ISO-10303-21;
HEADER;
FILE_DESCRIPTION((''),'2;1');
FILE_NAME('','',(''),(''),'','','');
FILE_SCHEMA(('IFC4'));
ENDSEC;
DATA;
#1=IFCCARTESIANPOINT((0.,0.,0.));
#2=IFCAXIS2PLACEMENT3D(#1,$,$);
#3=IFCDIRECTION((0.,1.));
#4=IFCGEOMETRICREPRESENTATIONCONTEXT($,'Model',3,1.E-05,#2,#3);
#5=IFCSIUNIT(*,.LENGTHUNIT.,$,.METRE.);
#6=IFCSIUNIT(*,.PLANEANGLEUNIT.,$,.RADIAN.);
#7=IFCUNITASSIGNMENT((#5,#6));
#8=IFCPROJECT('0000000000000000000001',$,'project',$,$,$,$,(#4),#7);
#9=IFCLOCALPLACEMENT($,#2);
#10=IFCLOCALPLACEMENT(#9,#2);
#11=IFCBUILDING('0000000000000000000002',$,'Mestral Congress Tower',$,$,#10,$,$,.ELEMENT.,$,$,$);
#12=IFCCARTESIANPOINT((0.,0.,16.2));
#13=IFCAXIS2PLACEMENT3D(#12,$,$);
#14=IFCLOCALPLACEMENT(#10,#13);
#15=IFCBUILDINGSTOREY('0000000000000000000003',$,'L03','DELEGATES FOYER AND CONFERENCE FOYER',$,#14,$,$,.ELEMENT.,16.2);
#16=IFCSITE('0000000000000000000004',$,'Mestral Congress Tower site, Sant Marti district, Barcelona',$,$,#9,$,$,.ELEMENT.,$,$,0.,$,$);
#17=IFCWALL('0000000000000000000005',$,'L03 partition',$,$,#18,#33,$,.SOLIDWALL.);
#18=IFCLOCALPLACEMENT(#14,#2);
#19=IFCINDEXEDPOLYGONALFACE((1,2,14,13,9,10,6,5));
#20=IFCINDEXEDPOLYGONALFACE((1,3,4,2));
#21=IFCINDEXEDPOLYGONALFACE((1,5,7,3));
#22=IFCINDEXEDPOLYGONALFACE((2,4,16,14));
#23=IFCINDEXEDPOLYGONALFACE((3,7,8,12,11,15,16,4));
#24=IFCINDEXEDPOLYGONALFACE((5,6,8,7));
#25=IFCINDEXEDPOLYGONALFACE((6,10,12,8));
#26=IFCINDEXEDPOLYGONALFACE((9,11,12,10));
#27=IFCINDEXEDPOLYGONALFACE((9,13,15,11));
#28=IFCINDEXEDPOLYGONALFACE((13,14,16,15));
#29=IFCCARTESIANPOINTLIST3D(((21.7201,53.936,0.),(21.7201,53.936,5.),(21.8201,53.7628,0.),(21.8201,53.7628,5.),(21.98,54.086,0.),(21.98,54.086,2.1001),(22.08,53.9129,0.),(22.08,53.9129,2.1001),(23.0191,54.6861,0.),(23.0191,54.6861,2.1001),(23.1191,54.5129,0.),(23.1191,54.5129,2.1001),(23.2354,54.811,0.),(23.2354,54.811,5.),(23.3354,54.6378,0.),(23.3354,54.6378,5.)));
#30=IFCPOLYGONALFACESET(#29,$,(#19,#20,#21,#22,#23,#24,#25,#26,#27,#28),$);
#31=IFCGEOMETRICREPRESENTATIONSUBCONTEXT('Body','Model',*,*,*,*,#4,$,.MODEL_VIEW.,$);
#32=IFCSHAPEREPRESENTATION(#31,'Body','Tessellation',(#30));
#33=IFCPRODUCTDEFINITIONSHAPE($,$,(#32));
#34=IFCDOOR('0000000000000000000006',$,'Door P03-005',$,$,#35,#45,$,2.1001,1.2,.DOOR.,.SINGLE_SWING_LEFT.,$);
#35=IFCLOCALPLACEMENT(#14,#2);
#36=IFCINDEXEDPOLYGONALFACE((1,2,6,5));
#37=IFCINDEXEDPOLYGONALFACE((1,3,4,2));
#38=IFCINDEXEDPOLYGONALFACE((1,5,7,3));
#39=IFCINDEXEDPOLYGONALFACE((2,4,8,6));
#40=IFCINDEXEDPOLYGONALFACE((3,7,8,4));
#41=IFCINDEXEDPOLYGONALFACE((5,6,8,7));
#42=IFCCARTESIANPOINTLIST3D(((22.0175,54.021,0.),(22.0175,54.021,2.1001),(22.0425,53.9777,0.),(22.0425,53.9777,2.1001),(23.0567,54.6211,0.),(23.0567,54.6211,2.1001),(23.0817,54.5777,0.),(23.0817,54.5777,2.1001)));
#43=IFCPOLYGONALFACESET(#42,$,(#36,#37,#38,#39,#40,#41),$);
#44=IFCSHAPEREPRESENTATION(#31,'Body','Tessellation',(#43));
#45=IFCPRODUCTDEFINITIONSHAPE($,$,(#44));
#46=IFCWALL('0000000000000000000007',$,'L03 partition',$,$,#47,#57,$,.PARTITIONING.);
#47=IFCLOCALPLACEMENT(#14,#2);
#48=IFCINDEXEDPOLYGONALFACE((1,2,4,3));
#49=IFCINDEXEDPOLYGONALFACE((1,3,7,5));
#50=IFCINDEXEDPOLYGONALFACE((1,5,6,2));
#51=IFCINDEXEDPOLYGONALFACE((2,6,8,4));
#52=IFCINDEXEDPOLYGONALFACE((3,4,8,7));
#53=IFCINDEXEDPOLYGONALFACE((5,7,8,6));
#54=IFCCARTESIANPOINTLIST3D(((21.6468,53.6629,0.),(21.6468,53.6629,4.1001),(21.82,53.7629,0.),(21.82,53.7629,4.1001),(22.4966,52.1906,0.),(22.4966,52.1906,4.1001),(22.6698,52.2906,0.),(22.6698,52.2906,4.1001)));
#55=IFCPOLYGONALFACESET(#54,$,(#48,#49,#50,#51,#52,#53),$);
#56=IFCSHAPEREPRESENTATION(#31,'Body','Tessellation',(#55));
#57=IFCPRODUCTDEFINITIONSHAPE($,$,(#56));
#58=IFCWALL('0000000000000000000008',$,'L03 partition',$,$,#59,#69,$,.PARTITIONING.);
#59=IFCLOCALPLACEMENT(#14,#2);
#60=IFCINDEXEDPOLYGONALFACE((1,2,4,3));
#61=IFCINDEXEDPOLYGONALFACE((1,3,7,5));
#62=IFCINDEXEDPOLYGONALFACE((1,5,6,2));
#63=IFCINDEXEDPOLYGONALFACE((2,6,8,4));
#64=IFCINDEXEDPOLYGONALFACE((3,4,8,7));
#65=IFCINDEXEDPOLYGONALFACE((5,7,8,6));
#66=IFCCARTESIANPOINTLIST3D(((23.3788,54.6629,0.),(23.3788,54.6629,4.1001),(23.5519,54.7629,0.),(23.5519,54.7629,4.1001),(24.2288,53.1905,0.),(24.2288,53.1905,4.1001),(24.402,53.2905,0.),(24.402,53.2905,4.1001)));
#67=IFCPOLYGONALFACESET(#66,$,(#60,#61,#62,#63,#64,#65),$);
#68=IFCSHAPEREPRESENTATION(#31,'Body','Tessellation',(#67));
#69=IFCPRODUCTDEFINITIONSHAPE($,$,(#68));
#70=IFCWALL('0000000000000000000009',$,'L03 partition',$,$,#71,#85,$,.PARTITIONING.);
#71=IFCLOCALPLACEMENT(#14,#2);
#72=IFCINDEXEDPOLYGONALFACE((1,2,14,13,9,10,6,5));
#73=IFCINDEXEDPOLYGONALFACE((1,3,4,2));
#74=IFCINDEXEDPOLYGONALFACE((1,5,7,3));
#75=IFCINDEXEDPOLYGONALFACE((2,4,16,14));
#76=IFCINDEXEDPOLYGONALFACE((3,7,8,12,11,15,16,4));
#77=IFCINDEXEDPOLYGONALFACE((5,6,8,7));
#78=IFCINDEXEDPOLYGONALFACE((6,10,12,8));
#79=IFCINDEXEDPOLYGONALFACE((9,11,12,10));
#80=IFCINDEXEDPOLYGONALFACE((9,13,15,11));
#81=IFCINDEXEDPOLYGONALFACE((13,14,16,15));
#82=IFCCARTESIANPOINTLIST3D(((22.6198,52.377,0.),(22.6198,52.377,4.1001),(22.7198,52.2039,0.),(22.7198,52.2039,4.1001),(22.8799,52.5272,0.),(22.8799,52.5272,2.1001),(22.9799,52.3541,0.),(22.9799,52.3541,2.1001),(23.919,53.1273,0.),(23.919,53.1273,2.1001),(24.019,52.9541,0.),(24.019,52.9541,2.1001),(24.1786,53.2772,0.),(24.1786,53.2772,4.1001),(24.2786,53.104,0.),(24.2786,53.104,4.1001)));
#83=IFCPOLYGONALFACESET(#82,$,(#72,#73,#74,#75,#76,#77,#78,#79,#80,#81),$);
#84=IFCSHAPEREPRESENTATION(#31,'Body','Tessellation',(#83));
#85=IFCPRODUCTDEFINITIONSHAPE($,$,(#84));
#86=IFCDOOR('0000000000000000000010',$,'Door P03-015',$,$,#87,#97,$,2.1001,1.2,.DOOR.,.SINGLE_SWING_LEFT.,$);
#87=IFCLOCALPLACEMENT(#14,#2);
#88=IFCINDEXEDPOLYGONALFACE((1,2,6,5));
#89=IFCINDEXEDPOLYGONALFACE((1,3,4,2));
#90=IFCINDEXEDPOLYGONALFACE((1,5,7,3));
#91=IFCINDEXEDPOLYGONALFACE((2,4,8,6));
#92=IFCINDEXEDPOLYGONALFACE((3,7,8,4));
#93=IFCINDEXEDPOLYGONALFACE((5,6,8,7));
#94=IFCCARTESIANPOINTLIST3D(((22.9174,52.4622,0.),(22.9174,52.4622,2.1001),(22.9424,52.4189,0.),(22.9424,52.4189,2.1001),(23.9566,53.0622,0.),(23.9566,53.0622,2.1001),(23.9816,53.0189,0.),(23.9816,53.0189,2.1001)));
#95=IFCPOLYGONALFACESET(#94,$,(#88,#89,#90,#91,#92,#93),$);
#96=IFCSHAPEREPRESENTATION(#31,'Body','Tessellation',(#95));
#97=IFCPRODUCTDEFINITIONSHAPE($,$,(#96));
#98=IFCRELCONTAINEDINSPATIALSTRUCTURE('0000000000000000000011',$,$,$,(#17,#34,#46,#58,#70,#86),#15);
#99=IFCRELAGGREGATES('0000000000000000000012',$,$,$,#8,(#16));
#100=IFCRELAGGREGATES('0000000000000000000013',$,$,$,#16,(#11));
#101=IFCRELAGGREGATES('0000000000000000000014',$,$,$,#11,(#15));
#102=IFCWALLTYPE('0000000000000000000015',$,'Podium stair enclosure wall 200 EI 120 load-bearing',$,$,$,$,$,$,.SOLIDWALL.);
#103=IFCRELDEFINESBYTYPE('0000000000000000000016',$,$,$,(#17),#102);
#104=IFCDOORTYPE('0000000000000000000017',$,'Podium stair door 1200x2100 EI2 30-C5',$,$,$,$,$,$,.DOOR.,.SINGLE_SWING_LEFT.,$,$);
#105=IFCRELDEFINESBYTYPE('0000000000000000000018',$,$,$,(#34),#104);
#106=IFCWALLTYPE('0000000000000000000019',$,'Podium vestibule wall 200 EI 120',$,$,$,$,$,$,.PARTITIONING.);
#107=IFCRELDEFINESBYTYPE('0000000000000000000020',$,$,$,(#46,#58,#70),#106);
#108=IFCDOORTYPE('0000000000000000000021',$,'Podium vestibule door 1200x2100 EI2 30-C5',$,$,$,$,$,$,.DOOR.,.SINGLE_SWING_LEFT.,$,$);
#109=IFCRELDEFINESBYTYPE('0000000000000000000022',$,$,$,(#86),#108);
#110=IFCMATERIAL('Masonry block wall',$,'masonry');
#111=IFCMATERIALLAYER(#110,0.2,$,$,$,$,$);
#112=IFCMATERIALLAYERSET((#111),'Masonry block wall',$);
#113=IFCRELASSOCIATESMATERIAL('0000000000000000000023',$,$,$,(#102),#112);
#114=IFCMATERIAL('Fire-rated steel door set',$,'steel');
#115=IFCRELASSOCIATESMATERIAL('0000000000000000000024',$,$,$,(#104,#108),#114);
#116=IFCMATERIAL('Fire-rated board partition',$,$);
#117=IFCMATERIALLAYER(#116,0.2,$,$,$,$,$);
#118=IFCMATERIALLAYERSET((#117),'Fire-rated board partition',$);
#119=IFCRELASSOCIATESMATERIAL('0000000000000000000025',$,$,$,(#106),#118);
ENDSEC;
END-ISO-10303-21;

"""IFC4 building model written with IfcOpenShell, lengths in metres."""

from ifc_helpers import new_model, si_unit, direction, frame, frame_2d, origin, place, context, subcontext, project, spatial, rectangle, extrude, material, layer, layer_set, type_object, element, fill, save


model = new_model("IFC4")

# Units and contexts
model_context = context("Model", 3, precision=1e-05, world=origin(), true_north=direction((0.0, 1.0)))
body_context = subcontext(model_context, "Body", "Model", "MODEL_VIEW")
ifc_project = project(units=[si_unit("LENGTHUNIT", "METRE"), si_unit("PLANEANGLEUNIT", "RADIAN")], contexts=[model_context])

# Site, building, storey
site_placement = place(None, origin())
site = spatial("IfcSite", under=ifc_project, at=site_placement, Name="Mestral Congress Tower site, Sant Marti district, Barcelona", CompositionType="ELEMENT", RefElevation=0.0)
building_placement = place(site_placement, origin())
building = spatial("IfcBuilding", under=site, at=building_placement, Name="Mestral Congress Tower", CompositionType="ELEMENT")
storey_placement = place(building_placement, frame((0.0, 0.0, 16.2)))
storey = spatial("IfcBuildingStorey", under=building, at=storey_placement, Name="L03", Description="DELEGATES FOYER AND CONFERENCE FOYER", CompositionType="ELEMENT", Elevation=16.2)

# Wall, opening, door
ifc_material_1 = material(Name="Masonry block wall", Category="masonry")
ifc_layer_1 = layer(ifc_material_1, 0.2)
ifc_layer_set_1 = layer_set([ifc_layer_1], Name="Masonry block wall")
wall_type_1 = type_object("IfcWallType", Name="Podium stair enclosure wall 200 EI 120 load-bearing", PredefinedType="SOLIDWALL", material=ifc_layer_set_1)
wall_1_placement = place(storey_placement, frame((21.77, 53.8494, 0.0), z_axis=(0.0, 0.0, 1.0), x_axis=(0.866002, 0.50004, 0.0)))
wall_1 = element("IfcWall", 1, at=wall_1_placement, inside=storey, type_object=wall_type_1, Name="L03 partition", PredefinedType="SOLIDWALL", context=body_context, shape_type="SweptSolid", body=[
    extrude(rectangle(XDim=1.7498, YDim=0.2, at=frame_2d((0.875, 0.0))), origin(), (0.0, 0.0, 1.0), 5.0),
])
opening_1_placement = place(wall_1_placement, frame((0.3, 0.0, 0.0)))
opening_1 = element("IfcOpeningElement", 2, at=opening_1_placement, cuts=wall_1, PredefinedType="OPENING", context=body_context, shape_type="SweptSolid", body=[
    extrude(rectangle(XDim=1.2, YDim=2.1001, at=frame_2d((0.6001, 1.05))), frame((0.0, 0.1099, 0.0), z_axis=(0.0, -1.0, 0.0), x_axis=(1.0, 0.0, 0.0)), (0.0, 0.0, 1.0), 0.22),
])
ifc_material_2 = material(Name="Fire-rated steel door set", Category="steel")
door_type_1 = type_object("IfcDoorType", Name="Podium stair door 1200x2100 EI2 30-C5", OperationType="SINGLE_SWING_LEFT", PredefinedType="DOOR", material=ifc_material_2)
door_1_placement = place(opening_1_placement, origin())
door_1 = element("IfcDoor", 3, at=door_1_placement, inside=storey, type_object=door_type_1, Name="Door P03-005", OperationType="SINGLE_SWING_LEFT", OverallHeight=2.1001, OverallWidth=1.2, PredefinedType="DOOR", context=body_context, shape_type="SweptSolid", body=[
    extrude(rectangle(XDim=1.2, YDim=2.1001, at=frame_2d((0.6001, 1.05))), frame((0.0, 0.0249, 0.0), z_axis=(0.0, -1.0, 0.0), x_axis=(1.0, 0.0, 0.0)), (0.0, 0.0, 1.0), 0.05),
])
fill(opening_1, door_1)

# Walls
ifc_material_3 = material(Name="Fire-rated board partition")
ifc_layer_2 = layer(ifc_material_3, 0.2)
ifc_layer_set_2 = layer_set([ifc_layer_2], Name="Fire-rated board partition")
wall_type_2 = type_object("IfcWallType", Name="Podium vestibule wall 200 EI 120", PredefinedType="PARTITIONING", material=ifc_layer_set_2)
wall_2_placement = place(storey_placement, frame((22.5833, 52.2405, 0.0), z_axis=(0.0, 0.0, 1.0), x_axis=(-0.499892, 0.866088, 0.0)))
element("IfcWall", 4, at=wall_2_placement, inside=storey, type_object=wall_type_2, Name="L03 partition", PredefinedType="PARTITIONING", context=body_context, shape_type="SweptSolid", body=[
    extrude(rectangle(XDim=1.7, YDim=0.2, at=frame_2d((0.8501, 0.0))), origin(), (0.0, 0.0, 1.0), 4.1001),
])
wall_3_placement = place(storey_placement, frame((24.3154, 53.2405, 0.0), z_axis=(0.0, 0.0, 1.0), x_axis=(-0.5, 0.866025, 0.0)))
element("IfcWall", 5, at=wall_3_placement, inside=storey, type_object=wall_type_2, Name="L03 partition", PredefinedType="PARTITIONING", context=body_context, shape_type="SweptSolid", body=[
    extrude(rectangle(XDim=1.7002, YDim=0.2, at=frame_2d((0.8501, 0.0))), origin(), (0.0, 0.0, 1.0), 4.1001),
])

# Wall, opening, door
wall_4_placement = place(storey_placement, frame((22.6699, 52.2905, 0.0), z_axis=(0.0, 0.0, 1.0), x_axis=(0.865989, 0.500063, 0.0)))
wall_4 = element("IfcWall", 6, at=wall_4_placement, inside=storey, type_object=wall_type_2, Name="L03 partition", PredefinedType="PARTITIONING", context=body_context, shape_type="SweptSolid", body=[
    extrude(rectangle(XDim=1.8, YDim=0.2, at=frame_2d((0.8999, 0.0))), origin(), (0.0, 0.0, 1.0), 4.1001),
])
opening_2_placement = place(wall_4_placement, frame((0.3, 0.0, 0.0)))
opening_2 = element("IfcOpeningElement", 7, at=opening_2_placement, cuts=wall_4, PredefinedType="OPENING", context=body_context, shape_type="SweptSolid", body=[
    extrude(rectangle(XDim=1.2, YDim=2.1001, at=frame_2d((0.6001, 1.05))), frame((0.0, 0.1099, 0.0), z_axis=(0.0, -1.0, 0.0), x_axis=(1.0, 0.0, 0.0)), (0.0, 0.0, 1.0), 0.22),
])
door_type_2 = type_object("IfcDoorType", Name="Podium vestibule door 1200x2100 EI2 30-C5", OperationType="SINGLE_SWING_LEFT", PredefinedType="DOOR", material=ifc_material_2)
door_2_placement = place(opening_2_placement, origin())
door_2 = element("IfcDoor", 8, at=door_2_placement, inside=storey, type_object=door_type_2, Name="Door P03-015", OperationType="SINGLE_SWING_LEFT", OverallHeight=2.1001, OverallWidth=1.2, PredefinedType="DOOR", context=body_context, shape_type="SweptSolid", body=[
    extrude(rectangle(XDim=1.2, YDim=2.1001, at=frame_2d((0.6001, 1.05))), frame((0.0, 0.0249, 0.0), z_axis=(0.0, -1.0, 0.0), x_axis=(1.0, 0.0, 0.0)), (0.0, 0.0, 1.0), 0.05),
])
fill(opening_2, door_2)

save(model, "model.ifc")
